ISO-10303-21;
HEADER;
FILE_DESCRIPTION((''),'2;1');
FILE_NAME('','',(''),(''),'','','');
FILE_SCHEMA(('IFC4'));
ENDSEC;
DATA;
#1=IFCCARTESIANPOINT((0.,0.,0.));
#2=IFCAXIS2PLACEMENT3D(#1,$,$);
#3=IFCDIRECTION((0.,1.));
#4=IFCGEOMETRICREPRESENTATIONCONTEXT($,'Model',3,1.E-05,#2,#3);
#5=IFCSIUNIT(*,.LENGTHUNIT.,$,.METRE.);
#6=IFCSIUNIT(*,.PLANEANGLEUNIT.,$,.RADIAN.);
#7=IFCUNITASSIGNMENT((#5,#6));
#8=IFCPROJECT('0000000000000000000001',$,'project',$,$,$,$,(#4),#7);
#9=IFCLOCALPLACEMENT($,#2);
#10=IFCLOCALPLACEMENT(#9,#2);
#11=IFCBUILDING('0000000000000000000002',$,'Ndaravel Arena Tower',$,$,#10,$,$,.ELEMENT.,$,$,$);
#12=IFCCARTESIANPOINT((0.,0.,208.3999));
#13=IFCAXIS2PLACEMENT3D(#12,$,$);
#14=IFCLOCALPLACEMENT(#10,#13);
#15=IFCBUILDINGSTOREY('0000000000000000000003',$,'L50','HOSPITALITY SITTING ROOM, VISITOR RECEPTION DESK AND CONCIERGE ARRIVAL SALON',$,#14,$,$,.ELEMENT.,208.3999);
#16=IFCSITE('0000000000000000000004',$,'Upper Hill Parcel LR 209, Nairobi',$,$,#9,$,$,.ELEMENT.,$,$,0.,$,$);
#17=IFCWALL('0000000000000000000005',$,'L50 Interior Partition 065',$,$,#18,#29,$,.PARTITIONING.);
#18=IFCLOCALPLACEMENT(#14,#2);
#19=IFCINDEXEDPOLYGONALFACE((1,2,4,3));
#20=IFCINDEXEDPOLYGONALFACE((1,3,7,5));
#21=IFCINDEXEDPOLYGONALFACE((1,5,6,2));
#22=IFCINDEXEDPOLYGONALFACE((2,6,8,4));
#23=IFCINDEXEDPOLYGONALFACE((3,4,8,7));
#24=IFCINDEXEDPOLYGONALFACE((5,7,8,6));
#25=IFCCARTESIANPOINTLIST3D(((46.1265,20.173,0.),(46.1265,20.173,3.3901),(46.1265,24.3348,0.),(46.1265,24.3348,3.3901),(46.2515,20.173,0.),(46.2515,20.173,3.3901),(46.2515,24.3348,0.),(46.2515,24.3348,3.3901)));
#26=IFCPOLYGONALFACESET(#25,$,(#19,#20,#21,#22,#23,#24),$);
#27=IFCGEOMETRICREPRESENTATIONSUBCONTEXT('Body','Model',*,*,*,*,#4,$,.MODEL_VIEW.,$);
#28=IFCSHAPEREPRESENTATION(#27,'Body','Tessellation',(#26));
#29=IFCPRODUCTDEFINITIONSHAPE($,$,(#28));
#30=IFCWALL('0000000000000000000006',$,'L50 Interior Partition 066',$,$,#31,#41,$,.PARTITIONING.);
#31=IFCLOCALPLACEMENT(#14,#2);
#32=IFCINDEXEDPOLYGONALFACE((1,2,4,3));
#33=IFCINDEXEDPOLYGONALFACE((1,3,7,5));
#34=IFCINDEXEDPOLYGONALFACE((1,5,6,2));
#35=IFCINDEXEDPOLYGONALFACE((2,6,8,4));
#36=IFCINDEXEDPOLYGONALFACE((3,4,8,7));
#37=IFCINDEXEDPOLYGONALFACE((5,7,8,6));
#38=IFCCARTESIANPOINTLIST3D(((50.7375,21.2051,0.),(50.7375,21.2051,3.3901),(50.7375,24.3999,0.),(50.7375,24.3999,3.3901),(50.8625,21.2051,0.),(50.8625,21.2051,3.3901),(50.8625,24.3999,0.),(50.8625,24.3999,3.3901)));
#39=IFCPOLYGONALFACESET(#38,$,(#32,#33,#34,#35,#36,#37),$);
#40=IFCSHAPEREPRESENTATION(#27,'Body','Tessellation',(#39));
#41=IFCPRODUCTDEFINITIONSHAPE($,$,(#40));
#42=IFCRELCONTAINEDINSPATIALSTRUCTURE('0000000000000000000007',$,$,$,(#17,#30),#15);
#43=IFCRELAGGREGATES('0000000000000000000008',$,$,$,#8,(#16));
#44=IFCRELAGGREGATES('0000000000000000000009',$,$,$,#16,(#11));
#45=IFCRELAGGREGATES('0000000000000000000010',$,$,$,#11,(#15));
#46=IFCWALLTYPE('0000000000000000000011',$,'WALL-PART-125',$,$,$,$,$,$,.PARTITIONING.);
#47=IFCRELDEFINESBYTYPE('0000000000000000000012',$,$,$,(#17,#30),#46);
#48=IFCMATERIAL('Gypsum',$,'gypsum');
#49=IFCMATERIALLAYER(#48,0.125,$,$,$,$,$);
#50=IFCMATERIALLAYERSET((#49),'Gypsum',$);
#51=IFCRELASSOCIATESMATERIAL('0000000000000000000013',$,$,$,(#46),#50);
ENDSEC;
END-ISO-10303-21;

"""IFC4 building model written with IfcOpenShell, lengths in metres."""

from ifc_helpers import new_model, si_unit, direction, frame, frame_2d, origin, place, context, subcontext, project, spatial, rectangle, extrude, material, layer, layer_set, type_object, element, save


model = new_model("IFC4")

# Units and contexts
model_context = context("Model", 3, precision=1e-05, world=origin(), true_north=direction((0.0, 1.0)))
body_context = subcontext(model_context, "Body", "Model", "MODEL_VIEW")
ifc_project = project(units=[si_unit("LENGTHUNIT", "METRE"), si_unit("PLANEANGLEUNIT", "RADIAN")], contexts=[model_context])

# Site, building, storey
site_placement = place(None, origin())
site = spatial("IfcSite", under=ifc_project, at=site_placement, Name="Upper Hill Parcel LR 209, Nairobi", CompositionType="ELEMENT", RefElevation=0.0)
building_placement = place(site_placement, origin())
building = spatial("IfcBuilding", under=site, at=building_placement, Name="Ndaravel Arena Tower", CompositionType="ELEMENT")
storey_placement = place(building_placement, frame((0.0, 0.0, 208.3999)))
storey = spatial("IfcBuildingStorey", under=building, at=storey_placement, Name="L50", Description="HOSPITALITY SITTING ROOM, VISITOR RECEPTION DESK AND CONCIERGE ARRIVAL SALON", CompositionType="ELEMENT", Elevation=208.3999)

# Shared definitions
ifc_material_1 = material(Name="Gypsum", Category="gypsum")
ifc_layer_1 = layer(ifc_material_1, 0.125)
ifc_layer_set_1 = layer_set([ifc_layer_1], Name="Gypsum")
wall_type = type_object("IfcWallType", Name="WALL-PART-125", PredefinedType="PARTITIONING", material=ifc_layer_set_1)

# Walls
wall_1_placement = place(storey_placement, frame((46.189, 24.335, 0.0), z_axis=(0.0, 0.0, 1.0), x_axis=(0.0, -1.0, 0.0)))
element("IfcWall", 1, at=wall_1_placement, inside=storey, type_object=wall_type, Name="L50 Interior Partition 065", PredefinedType="PARTITIONING", context=body_context, shape_type="SweptSolid", body=[
    extrude(rectangle(XDim=4.1619, YDim=0.125, at=frame_2d((2.0811, 0.0))), origin(), (0.0, 0.0, 1.0), 3.3901),
])
wall_2_placement = place(storey_placement, frame((50.8, 24.3999, 0.0), z_axis=(0.0, 0.0, 1.0), x_axis=(0.0, -1.0, 0.0)))
element("IfcWall", 2, at=wall_2_placement, inside=storey, type_object=wall_type, Name="L50 Interior Partition 066", PredefinedType="PARTITIONING", context=body_context, shape_type="SweptSolid", body=[
    extrude(rectangle(XDim=3.1948, YDim=0.125, at=frame_2d((1.5974, 0.0))), origin(), (0.0, 0.0, 1.0), 3.3901),
])

save(model, "model.ifc")
